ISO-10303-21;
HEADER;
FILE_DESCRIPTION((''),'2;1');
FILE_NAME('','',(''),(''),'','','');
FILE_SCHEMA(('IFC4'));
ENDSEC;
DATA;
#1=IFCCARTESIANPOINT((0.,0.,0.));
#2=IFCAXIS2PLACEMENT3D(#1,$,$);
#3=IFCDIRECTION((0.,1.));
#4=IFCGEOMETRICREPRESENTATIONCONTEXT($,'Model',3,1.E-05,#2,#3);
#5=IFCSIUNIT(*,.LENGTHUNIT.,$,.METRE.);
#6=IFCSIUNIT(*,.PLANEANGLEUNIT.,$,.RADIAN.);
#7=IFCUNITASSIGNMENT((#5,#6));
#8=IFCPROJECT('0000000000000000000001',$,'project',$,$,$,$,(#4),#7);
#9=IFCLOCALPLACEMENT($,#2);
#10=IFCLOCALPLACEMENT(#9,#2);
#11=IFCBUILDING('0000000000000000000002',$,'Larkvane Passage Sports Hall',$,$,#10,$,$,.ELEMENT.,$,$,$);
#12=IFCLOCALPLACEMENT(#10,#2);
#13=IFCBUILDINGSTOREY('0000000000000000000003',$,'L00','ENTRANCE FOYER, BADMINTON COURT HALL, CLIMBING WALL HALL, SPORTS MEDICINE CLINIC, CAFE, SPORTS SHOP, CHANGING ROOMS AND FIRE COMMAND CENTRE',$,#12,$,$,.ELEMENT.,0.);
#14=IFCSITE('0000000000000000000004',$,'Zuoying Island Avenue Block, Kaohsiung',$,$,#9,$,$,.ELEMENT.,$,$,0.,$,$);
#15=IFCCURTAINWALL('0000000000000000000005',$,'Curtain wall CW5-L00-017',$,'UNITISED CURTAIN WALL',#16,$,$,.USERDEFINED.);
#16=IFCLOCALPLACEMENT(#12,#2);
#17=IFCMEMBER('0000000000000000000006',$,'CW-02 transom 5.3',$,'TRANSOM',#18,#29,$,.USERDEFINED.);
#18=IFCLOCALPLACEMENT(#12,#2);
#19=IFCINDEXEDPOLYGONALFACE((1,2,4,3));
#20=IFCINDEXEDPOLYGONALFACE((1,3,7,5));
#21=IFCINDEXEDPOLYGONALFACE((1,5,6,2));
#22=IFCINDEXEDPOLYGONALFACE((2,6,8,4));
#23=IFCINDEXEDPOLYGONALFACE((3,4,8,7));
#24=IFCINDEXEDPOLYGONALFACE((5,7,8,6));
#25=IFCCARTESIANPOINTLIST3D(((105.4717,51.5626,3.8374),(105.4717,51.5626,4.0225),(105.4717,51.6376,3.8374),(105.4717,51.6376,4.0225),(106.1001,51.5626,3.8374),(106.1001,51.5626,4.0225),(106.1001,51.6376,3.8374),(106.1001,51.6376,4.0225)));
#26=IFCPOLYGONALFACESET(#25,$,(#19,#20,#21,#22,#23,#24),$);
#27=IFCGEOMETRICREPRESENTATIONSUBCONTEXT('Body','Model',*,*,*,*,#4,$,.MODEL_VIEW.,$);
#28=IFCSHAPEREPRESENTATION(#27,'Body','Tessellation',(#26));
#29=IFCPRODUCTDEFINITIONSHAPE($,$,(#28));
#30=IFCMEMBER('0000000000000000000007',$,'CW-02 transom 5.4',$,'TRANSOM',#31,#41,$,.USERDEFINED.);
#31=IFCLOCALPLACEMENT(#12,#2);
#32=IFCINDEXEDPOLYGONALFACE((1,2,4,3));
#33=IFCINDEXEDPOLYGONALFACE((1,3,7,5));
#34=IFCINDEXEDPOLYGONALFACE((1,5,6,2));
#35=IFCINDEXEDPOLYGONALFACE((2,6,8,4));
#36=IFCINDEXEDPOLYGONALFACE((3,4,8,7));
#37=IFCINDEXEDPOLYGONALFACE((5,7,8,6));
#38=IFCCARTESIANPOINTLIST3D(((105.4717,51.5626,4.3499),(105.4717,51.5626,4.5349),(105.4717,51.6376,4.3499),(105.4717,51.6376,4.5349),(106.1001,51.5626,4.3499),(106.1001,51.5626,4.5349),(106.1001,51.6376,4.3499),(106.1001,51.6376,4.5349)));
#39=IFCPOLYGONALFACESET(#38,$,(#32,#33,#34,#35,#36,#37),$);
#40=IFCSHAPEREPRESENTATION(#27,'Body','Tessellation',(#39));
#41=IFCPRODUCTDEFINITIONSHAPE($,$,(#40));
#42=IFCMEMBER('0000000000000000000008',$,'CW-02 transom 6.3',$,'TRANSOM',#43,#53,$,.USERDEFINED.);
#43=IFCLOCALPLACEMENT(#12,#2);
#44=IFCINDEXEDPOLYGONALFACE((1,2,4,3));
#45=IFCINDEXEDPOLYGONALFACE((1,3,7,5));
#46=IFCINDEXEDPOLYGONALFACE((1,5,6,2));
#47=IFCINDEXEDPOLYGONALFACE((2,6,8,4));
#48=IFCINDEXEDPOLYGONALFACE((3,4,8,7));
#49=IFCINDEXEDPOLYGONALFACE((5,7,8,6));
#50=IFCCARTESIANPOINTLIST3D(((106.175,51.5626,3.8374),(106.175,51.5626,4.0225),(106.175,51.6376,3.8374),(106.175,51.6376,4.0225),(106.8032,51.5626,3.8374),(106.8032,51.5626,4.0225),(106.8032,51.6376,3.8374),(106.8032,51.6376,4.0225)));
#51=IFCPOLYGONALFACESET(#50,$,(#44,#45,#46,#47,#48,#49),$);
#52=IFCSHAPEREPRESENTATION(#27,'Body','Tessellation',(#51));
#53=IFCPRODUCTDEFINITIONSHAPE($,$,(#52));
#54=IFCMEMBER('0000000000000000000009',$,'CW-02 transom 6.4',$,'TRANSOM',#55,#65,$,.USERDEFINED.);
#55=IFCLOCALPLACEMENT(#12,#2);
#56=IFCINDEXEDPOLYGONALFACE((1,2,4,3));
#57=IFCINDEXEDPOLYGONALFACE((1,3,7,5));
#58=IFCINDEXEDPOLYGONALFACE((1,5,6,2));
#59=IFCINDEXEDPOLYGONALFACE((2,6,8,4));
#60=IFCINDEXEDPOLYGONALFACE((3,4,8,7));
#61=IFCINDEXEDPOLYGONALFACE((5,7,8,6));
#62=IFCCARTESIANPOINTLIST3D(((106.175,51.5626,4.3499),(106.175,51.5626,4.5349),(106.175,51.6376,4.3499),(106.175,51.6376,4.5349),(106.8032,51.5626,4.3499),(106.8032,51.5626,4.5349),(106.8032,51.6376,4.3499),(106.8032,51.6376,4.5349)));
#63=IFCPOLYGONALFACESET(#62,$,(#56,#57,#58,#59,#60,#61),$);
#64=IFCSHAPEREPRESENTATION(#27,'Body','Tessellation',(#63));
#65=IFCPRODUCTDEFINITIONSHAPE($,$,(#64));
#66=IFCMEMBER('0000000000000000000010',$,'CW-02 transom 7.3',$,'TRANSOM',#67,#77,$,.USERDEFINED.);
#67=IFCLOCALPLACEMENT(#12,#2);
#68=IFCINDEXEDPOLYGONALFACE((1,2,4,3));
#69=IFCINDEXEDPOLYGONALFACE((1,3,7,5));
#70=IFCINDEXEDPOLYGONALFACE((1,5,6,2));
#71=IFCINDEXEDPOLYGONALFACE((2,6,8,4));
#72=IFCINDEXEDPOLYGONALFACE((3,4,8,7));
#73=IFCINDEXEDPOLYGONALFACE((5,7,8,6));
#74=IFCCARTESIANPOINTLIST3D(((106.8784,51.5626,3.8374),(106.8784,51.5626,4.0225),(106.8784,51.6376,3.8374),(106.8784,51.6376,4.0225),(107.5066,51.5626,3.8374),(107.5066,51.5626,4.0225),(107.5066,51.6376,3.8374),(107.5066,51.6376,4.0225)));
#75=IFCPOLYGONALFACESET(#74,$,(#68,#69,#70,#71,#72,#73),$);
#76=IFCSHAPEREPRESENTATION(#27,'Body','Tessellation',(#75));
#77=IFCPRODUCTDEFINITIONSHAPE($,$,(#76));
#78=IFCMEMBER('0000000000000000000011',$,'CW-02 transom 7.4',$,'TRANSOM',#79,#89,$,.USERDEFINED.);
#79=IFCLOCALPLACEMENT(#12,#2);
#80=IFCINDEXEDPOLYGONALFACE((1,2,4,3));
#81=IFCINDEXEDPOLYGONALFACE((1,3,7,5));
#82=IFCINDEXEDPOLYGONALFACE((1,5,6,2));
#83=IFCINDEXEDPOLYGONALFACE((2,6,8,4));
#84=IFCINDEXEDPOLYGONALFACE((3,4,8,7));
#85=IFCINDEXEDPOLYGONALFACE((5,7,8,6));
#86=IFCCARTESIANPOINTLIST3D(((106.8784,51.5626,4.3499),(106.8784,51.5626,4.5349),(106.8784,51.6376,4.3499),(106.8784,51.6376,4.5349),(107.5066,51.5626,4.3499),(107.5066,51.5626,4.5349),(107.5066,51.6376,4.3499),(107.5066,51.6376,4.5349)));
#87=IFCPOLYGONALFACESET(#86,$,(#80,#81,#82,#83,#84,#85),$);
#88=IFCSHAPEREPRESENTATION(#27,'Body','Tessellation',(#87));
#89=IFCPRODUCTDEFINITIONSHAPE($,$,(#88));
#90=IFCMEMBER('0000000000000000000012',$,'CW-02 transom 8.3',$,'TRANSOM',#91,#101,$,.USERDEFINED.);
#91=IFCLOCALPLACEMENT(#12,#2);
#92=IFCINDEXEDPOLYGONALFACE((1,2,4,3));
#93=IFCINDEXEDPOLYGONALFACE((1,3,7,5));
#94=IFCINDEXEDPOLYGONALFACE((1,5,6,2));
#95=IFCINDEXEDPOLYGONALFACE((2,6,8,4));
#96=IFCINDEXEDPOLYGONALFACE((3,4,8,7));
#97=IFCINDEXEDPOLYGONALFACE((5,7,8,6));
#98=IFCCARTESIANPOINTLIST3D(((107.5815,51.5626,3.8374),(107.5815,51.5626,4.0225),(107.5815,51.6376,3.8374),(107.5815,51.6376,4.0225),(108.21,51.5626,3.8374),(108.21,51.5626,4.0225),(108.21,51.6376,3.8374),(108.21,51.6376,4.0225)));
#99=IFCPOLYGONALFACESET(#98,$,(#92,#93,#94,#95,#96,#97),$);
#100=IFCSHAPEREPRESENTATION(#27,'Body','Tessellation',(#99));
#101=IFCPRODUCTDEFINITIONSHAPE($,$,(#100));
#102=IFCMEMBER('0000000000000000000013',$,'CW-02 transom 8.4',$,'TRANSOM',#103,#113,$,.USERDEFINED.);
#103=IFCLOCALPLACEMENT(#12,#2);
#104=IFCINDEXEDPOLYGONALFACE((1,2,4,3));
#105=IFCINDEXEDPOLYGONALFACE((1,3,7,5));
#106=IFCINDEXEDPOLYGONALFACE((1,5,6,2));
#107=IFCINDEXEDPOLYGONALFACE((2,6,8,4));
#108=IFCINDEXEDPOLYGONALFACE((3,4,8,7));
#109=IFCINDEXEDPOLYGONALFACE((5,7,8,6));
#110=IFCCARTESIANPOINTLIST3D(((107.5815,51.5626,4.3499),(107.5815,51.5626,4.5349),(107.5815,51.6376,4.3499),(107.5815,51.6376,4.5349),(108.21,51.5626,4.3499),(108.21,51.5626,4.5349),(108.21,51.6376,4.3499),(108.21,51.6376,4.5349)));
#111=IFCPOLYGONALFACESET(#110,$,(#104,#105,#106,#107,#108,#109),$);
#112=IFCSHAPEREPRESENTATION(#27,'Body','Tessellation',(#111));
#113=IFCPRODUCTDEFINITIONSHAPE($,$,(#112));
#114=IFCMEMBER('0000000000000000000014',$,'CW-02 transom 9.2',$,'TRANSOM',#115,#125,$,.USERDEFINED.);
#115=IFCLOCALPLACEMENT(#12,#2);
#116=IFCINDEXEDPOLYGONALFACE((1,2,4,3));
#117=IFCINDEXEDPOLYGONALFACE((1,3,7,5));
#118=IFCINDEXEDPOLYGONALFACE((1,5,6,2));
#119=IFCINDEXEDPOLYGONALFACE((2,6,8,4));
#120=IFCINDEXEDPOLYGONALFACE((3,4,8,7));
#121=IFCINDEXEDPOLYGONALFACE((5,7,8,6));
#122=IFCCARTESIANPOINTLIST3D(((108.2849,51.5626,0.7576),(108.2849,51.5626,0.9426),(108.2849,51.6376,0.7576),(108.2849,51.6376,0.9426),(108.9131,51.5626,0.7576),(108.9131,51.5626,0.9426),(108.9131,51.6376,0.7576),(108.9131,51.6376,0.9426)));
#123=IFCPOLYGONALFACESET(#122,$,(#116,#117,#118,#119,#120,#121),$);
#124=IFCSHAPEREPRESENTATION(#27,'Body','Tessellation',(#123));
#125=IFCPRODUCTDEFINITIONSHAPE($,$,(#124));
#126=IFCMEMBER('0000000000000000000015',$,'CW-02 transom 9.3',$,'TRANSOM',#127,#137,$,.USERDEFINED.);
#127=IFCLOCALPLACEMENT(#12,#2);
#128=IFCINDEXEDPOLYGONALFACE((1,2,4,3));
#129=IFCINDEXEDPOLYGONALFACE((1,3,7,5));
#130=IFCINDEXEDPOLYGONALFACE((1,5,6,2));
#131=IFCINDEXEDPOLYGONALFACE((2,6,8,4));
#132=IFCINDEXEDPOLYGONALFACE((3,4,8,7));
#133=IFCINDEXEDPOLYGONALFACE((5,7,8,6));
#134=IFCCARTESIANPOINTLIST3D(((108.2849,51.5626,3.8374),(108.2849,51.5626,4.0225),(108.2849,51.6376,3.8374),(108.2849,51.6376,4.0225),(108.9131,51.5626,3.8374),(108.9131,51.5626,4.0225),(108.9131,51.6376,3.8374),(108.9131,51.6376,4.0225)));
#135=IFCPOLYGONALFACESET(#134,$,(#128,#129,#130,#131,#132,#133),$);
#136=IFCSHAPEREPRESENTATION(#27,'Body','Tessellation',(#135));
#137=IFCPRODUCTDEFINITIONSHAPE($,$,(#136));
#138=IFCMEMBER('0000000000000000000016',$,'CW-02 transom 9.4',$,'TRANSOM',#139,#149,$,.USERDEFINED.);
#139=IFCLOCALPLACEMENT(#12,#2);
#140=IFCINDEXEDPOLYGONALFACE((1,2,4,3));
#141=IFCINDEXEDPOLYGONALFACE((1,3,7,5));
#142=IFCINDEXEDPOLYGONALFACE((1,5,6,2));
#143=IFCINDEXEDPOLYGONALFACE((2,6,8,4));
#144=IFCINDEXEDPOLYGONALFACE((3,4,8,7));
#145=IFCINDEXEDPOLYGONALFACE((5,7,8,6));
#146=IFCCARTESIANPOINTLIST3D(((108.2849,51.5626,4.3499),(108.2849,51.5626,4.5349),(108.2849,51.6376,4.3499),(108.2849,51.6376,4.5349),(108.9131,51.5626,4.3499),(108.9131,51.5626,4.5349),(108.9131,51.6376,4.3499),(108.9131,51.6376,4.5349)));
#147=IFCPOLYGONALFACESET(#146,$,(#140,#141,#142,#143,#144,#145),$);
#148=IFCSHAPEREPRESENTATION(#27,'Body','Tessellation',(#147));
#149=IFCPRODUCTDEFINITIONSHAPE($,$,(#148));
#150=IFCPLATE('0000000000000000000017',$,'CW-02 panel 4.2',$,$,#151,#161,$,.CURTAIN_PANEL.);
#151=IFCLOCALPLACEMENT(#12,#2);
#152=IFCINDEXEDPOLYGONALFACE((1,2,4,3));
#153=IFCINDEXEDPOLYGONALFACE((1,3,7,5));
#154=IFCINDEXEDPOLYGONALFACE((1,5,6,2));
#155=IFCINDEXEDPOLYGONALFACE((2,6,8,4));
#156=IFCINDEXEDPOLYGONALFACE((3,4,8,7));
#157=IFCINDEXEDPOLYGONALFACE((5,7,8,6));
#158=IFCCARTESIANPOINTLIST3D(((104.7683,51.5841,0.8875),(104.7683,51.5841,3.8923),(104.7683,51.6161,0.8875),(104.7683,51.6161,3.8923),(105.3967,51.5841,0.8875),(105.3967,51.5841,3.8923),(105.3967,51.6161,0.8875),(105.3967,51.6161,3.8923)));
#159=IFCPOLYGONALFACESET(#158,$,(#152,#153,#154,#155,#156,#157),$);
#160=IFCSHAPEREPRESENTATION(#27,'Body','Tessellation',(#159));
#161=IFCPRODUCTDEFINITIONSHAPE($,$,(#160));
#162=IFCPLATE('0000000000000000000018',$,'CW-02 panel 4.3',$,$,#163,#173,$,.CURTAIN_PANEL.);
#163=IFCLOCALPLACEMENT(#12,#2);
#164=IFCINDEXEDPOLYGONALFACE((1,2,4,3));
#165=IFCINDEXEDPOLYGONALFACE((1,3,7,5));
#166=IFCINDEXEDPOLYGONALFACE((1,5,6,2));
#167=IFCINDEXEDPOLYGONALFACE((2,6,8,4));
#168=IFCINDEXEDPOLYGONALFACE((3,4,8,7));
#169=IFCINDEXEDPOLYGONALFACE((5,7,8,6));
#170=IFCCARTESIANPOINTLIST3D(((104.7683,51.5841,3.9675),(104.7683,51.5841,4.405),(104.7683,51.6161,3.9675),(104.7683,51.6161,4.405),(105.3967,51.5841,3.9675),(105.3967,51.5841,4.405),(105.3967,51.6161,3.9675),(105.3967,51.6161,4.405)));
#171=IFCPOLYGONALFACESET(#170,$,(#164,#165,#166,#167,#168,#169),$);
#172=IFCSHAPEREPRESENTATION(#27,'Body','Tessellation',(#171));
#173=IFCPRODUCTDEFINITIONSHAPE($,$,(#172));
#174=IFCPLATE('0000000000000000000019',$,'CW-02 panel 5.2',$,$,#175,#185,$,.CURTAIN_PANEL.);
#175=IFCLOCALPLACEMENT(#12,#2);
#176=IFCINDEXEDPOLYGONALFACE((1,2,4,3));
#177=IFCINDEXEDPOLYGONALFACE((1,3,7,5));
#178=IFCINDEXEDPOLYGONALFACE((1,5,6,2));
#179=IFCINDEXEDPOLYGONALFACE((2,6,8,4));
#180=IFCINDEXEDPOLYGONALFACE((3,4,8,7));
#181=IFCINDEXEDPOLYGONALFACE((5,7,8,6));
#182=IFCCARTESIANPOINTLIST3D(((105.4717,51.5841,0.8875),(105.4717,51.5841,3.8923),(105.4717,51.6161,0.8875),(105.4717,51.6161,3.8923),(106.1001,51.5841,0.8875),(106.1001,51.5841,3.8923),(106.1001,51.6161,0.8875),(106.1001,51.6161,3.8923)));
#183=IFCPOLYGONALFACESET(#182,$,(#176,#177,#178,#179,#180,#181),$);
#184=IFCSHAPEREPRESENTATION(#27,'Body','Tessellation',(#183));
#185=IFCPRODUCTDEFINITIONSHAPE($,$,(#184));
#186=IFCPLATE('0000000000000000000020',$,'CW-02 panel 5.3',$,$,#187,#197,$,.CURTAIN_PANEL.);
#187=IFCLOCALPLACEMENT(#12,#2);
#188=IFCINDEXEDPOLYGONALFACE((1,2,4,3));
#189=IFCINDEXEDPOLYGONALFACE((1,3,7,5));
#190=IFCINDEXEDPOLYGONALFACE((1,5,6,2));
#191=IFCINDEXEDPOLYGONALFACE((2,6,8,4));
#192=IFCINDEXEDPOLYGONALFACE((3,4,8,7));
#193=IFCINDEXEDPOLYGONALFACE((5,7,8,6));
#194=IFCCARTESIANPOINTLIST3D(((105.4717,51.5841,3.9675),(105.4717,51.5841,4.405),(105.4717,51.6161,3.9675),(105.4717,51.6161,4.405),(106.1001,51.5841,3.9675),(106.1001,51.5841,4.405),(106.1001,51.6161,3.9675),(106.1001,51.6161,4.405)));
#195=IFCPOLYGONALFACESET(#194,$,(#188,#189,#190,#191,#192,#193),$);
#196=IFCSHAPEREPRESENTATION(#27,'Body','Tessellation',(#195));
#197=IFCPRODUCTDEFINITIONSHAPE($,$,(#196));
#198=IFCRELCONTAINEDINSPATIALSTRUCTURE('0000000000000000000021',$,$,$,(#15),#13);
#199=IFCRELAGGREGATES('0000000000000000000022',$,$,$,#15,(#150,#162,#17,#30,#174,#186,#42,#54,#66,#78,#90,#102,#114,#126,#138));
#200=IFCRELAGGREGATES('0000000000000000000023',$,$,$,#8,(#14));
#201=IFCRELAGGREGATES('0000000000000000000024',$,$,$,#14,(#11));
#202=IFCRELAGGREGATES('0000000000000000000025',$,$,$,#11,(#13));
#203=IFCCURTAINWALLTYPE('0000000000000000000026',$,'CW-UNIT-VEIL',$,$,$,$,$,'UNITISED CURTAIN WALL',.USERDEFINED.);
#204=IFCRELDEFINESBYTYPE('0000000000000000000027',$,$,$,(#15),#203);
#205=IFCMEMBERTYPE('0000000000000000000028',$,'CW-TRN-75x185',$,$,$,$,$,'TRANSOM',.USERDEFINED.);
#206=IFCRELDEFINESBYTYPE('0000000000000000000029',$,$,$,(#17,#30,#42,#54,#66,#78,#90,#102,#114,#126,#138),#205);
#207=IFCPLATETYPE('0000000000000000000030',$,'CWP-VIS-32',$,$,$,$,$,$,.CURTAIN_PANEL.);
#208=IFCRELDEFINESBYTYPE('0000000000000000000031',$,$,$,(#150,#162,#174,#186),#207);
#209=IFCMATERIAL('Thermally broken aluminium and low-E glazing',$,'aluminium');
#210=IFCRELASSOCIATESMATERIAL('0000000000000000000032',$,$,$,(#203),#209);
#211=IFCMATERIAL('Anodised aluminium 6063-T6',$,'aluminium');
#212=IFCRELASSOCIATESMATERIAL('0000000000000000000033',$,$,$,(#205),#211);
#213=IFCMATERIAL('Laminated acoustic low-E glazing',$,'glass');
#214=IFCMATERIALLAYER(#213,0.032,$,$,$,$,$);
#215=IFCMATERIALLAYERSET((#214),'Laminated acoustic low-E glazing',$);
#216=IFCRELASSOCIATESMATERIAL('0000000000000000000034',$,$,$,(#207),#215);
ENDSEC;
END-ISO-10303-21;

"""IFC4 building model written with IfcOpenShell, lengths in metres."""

from ifc_helpers import new_model, si_unit, direction, frame, origin, origin_2d, place, context, subcontext, project, spatial, rectangle, extrude, material, layer, layer_set, material_profile, profile_set, type_object, element, aggregate, save


model = new_model("IFC4")

# Units and contexts
model_context = context("Model", 3, precision=1e-05, world=origin(), true_north=direction((0.0, 1.0)))
body_context = subcontext(model_context, "Body", "Model", "MODEL_VIEW")
ifc_project = project(units=[si_unit("LENGTHUNIT", "METRE"), si_unit("PLANEANGLEUNIT", "RADIAN")], contexts=[model_context])

# Site, building, storey
site_placement = place(None, origin())
site = spatial("IfcSite", under=ifc_project, at=site_placement, Name="Zuoying Island Avenue Block, Kaohsiung", CompositionType="ELEMENT", RefElevation=0.0)
building_placement = place(site_placement, origin())
building = spatial("IfcBuilding", under=site, at=building_placement, Name="Larkvane Passage Sports Hall", CompositionType="ELEMENT")
storey_placement = place(building_placement, origin())
storey = spatial("IfcBuildingStorey", under=building, at=storey_placement, Name="L00", Description="ENTRANCE FOYER, BADMINTON COURT HALL, CLIMBING WALL HALL, SPORTS MEDICINE CLINIC, CAFE, SPORTS SHOP, CHANGING ROOMS AND FIRE COMMAND CENTRE", CompositionType="ELEMENT", Elevation=0.0)

# Curtain wall, members, plates
ifc_material_1 = material(Name="Thermally broken aluminium and low-E glazing", Category="aluminium")
curtain_wall_type = type_object("IfcCurtainWallType", Name="CW-UNIT-VEIL", ElementType="UNITISED CURTAIN WALL", PredefinedType="USERDEFINED", material=ifc_material_1)
curtain_wall_placement = place(storey_placement, origin())
curtain_wall = element("IfcCurtainWall", 1, at=curtain_wall_placement, inside=storey, type_object=curtain_wall_type, Name="Curtain wall CW5-L00-017", ObjectType="UNITISED CURTAIN WALL", PredefinedType="USERDEFINED")
ifc_material_2 = material(Name="Anodised aluminium 6063-T6", Category="aluminium")
ifc_material_profile = material_profile(ifc_material_2, rectangle(XDim=0.075, YDim=0.1851, at=origin_2d()), Name="ALU-TRN-75x185")
ifc_profile_set = profile_set([ifc_material_profile], Name="Anodised aluminium 6063-T6")
member_type = type_object("IfcMemberType", Name="CW-TRN-75x185", ElementType="TRANSOM", PredefinedType="USERDEFINED", material=ifc_profile_set)
member_1_placement = place(storey_placement, frame((105.4717, 51.6001, 3.9299), z_axis=(1.0, 0.0, 0.0), x_axis=(0.0, 1.0, 0.0)))
member_1 = element("IfcMember", 2, at=member_1_placement, type_object=member_type, Name="CW-02 transom 5.3", ObjectType="TRANSOM", PredefinedType="USERDEFINED", context=body_context, shape_type="SweptSolid", body=[
    extrude(rectangle(XDim=0.075, YDim=0.1851, at=origin_2d()), origin(), (0.0, 0.0, 1.0), 0.6284),
])
member_2_placement = place(storey_placement, frame((105.4717, 51.6001, 4.4424), z_axis=(1.0, 0.0, 0.0), x_axis=(0.0, 1.0, 0.0)))
member_2 = element("IfcMember", 3, at=member_2_placement, type_object=member_type, Name="CW-02 transom 5.4", ObjectType="TRANSOM", PredefinedType="USERDEFINED", context=body_context, shape_type="SweptSolid", body=[
    extrude(rectangle(XDim=0.075, YDim=0.1851, at=origin_2d()), origin(), (0.0, 0.0, 1.0), 0.6284),
])
member_3_placement = place(storey_placement, frame((106.175, 51.6001, 3.9299), z_axis=(1.0, 0.0, 0.0), x_axis=(0.0, 1.0, 0.0)))
member_3 = element("IfcMember", 4, at=member_3_placement, type_object=member_type, Name="CW-02 transom 6.3", ObjectType="TRANSOM", PredefinedType="USERDEFINED", context=body_context, shape_type="SweptSolid", body=[
    extrude(rectangle(XDim=0.075, YDim=0.1851, at=origin_2d()), origin(), (0.0, 0.0, 1.0), 0.6282),
])
member_4_placement = place(storey_placement, frame((106.175, 51.6001, 4.4424), z_axis=(1.0, 0.0, 0.0), x_axis=(0.0, 1.0, 0.0)))
member_4 = element("IfcMember", 5, at=member_4_placement, type_object=member_type, Name="CW-02 transom 6.4", ObjectType="TRANSOM", PredefinedType="USERDEFINED", context=body_context, shape_type="SweptSolid", body=[
    extrude(rectangle(XDim=0.075, YDim=0.1851, at=origin_2d()), origin(), (0.0, 0.0, 1.0), 0.6282),
])
member_5_placement = place(storey_placement, frame((106.8784, 51.6001, 3.9299), z_axis=(1.0, 0.0, 0.0), x_axis=(0.0, 1.0, 0.0)))
member_5 = element("IfcMember", 6, at=member_5_placement, type_object=member_type, Name="CW-02 transom 7.3", ObjectType="TRANSOM", PredefinedType="USERDEFINED", context=body_context, shape_type="SweptSolid", body=[
    extrude(rectangle(XDim=0.075, YDim=0.1851, at=origin_2d()), origin(), (0.0, 0.0, 1.0), 0.6282),
])
member_6_placement = place(storey_placement, frame((106.8784, 51.6001, 4.4424), z_axis=(1.0, 0.0, 0.0), x_axis=(0.0, 1.0, 0.0)))
member_6 = element("IfcMember", 7, at=member_6_placement, type_object=member_type, Name="CW-02 transom 7.4", ObjectType="TRANSOM", PredefinedType="USERDEFINED", context=body_context, shape_type="SweptSolid", body=[
    extrude(rectangle(XDim=0.075, YDim=0.1851, at=origin_2d()), origin(), (0.0, 0.0, 1.0), 0.6282),
])
member_7_placement = place(storey_placement, frame((107.5815, 51.6001, 3.9299), z_axis=(1.0, 0.0, 0.0), x_axis=(0.0, 1.0, 0.0)))
member_7 = element("IfcMember", 8, at=member_7_placement, type_object=member_type, Name="CW-02 transom 8.3", ObjectType="TRANSOM", PredefinedType="USERDEFINED", context=body_context, shape_type="SweptSolid", body=[
    extrude(rectangle(XDim=0.075, YDim=0.1851, at=origin_2d()), origin(), (0.0, 0.0, 1.0), 0.6284),
])
member_8_placement = place(storey_placement, frame((107.5815, 51.6001, 4.4424), z_axis=(1.0, 0.0, 0.0), x_axis=(0.0, 1.0, 0.0)))
member_8 = element("IfcMember", 9, at=member_8_placement, type_object=member_type, Name="CW-02 transom 8.4", ObjectType="TRANSOM", PredefinedType="USERDEFINED", context=body_context, shape_type="SweptSolid", body=[
    extrude(rectangle(XDim=0.075, YDim=0.1851, at=origin_2d()), origin(), (0.0, 0.0, 1.0), 0.6284),
])
member_9_placement = place(storey_placement, frame((108.2849, 51.6001, 0.8501), z_axis=(1.0, 0.0, 0.0), x_axis=(0.0, 1.0, 0.0)))
member_9 = element("IfcMember", 10, at=member_9_placement, type_object=member_type, Name="CW-02 transom 9.2", ObjectType="TRANSOM", PredefinedType="USERDEFINED", context=body_context, shape_type="SweptSolid", body=[
    extrude(rectangle(XDim=0.075, YDim=0.1851, at=origin_2d()), origin(), (0.0, 0.0, 1.0), 0.6282),
])
member_10_placement = place(storey_placement, frame((108.2849, 51.6001, 3.9299), z_axis=(1.0, 0.0, 0.0), x_axis=(0.0, 1.0, 0.0)))
member_10 = element("IfcMember", 11, at=member_10_placement, type_object=member_type, Name="CW-02 transom 9.3", ObjectType="TRANSOM", PredefinedType="USERDEFINED", context=body_context, shape_type="SweptSolid", body=[
    extrude(rectangle(XDim=0.075, YDim=0.1851, at=origin_2d()), origin(), (0.0, 0.0, 1.0), 0.6282),
])
member_11_placement = place(storey_placement, frame((108.2849, 51.6001, 4.4424), z_axis=(1.0, 0.0, 0.0), x_axis=(0.0, 1.0, 0.0)))
member_11 = element("IfcMember", 12, at=member_11_placement, type_object=member_type, Name="CW-02 transom 9.4", ObjectType="TRANSOM", PredefinedType="USERDEFINED", context=body_context, shape_type="SweptSolid", body=[
    extrude(rectangle(XDim=0.075, YDim=0.1851, at=origin_2d()), origin(), (0.0, 0.0, 1.0), 0.6282),
])
ifc_material_3 = material(Name="Laminated acoustic low-E glazing", Category="glass")
ifc_layer = layer(ifc_material_3, 0.032)
ifc_layer_set = layer_set([ifc_layer], Name="Laminated acoustic low-E glazing")
plate_type = type_object("IfcPlateType", Name="CWP-VIS-32", PredefinedType="CURTAIN_PANEL", material=ifc_layer_set)
plate_1_placement = place(storey_placement, frame((105.0825, 51.6001, 0.8875), z_axis=(0.0, 0.0, 1.0), x_axis=(1.0, 0.0, 0.0)))
plate_1 = element("IfcPlate", 13, at=plate_1_placement, type_object=plate_type, Name="CW-02 panel 4.2", PredefinedType="CURTAIN_PANEL", context=body_context, shape_type="SweptSolid", body=[
    extrude(rectangle(XDim=0.6284, YDim=0.032, at=origin_2d()), origin(), (0.0, 0.0, 1.0), 3.0049),
])
plate_2_placement = place(storey_placement, frame((105.0825, 51.6001, 3.9675), z_axis=(0.0, 0.0, 1.0), x_axis=(1.0, 0.0, 0.0)))
plate_2 = element("IfcPlate", 14, at=plate_2_placement, type_object=plate_type, Name="CW-02 panel 4.3", PredefinedType="CURTAIN_PANEL", context=body_context, shape_type="SweptSolid", body=[
    extrude(rectangle(XDim=0.6284, YDim=0.032, at=origin_2d()), origin(), (0.0, 0.0, 1.0), 0.4375),
])
plate_3_placement = place(storey_placement, frame((105.7859, 51.6001, 0.8875), z_axis=(0.0, 0.0, 1.0), x_axis=(1.0, 0.0, 0.0)))
plate_3 = element("IfcPlate", 15, at=plate_3_placement, type_object=plate_type, Name="CW-02 panel 5.2", PredefinedType="CURTAIN_PANEL", context=body_context, shape_type="SweptSolid", body=[
    extrude(rectangle(XDim=0.6284, YDim=0.032, at=origin_2d()), origin(), (0.0, 0.0, 1.0), 3.0049),
])
plate_4_placement = place(storey_placement, frame((105.7859, 51.6001, 3.9675), z_axis=(0.0, 0.0, 1.0), x_axis=(1.0, 0.0, 0.0)))
plate_4 = element("IfcPlate", 16, at=plate_4_placement, type_object=plate_type, Name="CW-02 panel 5.3", PredefinedType="CURTAIN_PANEL", context=body_context, shape_type="SweptSolid", body=[
    extrude(rectangle(XDim=0.6284, YDim=0.032, at=origin_2d()), origin(), (0.0, 0.0, 1.0), 0.4375),
])
aggregate(curtain_wall, [plate_1, plate_2, member_1, member_2, plate_3, plate_4, member_3, member_4, member_5, member_6, member_7, member_8, member_9, member_10, member_11])

save(model, "model.ifc")
